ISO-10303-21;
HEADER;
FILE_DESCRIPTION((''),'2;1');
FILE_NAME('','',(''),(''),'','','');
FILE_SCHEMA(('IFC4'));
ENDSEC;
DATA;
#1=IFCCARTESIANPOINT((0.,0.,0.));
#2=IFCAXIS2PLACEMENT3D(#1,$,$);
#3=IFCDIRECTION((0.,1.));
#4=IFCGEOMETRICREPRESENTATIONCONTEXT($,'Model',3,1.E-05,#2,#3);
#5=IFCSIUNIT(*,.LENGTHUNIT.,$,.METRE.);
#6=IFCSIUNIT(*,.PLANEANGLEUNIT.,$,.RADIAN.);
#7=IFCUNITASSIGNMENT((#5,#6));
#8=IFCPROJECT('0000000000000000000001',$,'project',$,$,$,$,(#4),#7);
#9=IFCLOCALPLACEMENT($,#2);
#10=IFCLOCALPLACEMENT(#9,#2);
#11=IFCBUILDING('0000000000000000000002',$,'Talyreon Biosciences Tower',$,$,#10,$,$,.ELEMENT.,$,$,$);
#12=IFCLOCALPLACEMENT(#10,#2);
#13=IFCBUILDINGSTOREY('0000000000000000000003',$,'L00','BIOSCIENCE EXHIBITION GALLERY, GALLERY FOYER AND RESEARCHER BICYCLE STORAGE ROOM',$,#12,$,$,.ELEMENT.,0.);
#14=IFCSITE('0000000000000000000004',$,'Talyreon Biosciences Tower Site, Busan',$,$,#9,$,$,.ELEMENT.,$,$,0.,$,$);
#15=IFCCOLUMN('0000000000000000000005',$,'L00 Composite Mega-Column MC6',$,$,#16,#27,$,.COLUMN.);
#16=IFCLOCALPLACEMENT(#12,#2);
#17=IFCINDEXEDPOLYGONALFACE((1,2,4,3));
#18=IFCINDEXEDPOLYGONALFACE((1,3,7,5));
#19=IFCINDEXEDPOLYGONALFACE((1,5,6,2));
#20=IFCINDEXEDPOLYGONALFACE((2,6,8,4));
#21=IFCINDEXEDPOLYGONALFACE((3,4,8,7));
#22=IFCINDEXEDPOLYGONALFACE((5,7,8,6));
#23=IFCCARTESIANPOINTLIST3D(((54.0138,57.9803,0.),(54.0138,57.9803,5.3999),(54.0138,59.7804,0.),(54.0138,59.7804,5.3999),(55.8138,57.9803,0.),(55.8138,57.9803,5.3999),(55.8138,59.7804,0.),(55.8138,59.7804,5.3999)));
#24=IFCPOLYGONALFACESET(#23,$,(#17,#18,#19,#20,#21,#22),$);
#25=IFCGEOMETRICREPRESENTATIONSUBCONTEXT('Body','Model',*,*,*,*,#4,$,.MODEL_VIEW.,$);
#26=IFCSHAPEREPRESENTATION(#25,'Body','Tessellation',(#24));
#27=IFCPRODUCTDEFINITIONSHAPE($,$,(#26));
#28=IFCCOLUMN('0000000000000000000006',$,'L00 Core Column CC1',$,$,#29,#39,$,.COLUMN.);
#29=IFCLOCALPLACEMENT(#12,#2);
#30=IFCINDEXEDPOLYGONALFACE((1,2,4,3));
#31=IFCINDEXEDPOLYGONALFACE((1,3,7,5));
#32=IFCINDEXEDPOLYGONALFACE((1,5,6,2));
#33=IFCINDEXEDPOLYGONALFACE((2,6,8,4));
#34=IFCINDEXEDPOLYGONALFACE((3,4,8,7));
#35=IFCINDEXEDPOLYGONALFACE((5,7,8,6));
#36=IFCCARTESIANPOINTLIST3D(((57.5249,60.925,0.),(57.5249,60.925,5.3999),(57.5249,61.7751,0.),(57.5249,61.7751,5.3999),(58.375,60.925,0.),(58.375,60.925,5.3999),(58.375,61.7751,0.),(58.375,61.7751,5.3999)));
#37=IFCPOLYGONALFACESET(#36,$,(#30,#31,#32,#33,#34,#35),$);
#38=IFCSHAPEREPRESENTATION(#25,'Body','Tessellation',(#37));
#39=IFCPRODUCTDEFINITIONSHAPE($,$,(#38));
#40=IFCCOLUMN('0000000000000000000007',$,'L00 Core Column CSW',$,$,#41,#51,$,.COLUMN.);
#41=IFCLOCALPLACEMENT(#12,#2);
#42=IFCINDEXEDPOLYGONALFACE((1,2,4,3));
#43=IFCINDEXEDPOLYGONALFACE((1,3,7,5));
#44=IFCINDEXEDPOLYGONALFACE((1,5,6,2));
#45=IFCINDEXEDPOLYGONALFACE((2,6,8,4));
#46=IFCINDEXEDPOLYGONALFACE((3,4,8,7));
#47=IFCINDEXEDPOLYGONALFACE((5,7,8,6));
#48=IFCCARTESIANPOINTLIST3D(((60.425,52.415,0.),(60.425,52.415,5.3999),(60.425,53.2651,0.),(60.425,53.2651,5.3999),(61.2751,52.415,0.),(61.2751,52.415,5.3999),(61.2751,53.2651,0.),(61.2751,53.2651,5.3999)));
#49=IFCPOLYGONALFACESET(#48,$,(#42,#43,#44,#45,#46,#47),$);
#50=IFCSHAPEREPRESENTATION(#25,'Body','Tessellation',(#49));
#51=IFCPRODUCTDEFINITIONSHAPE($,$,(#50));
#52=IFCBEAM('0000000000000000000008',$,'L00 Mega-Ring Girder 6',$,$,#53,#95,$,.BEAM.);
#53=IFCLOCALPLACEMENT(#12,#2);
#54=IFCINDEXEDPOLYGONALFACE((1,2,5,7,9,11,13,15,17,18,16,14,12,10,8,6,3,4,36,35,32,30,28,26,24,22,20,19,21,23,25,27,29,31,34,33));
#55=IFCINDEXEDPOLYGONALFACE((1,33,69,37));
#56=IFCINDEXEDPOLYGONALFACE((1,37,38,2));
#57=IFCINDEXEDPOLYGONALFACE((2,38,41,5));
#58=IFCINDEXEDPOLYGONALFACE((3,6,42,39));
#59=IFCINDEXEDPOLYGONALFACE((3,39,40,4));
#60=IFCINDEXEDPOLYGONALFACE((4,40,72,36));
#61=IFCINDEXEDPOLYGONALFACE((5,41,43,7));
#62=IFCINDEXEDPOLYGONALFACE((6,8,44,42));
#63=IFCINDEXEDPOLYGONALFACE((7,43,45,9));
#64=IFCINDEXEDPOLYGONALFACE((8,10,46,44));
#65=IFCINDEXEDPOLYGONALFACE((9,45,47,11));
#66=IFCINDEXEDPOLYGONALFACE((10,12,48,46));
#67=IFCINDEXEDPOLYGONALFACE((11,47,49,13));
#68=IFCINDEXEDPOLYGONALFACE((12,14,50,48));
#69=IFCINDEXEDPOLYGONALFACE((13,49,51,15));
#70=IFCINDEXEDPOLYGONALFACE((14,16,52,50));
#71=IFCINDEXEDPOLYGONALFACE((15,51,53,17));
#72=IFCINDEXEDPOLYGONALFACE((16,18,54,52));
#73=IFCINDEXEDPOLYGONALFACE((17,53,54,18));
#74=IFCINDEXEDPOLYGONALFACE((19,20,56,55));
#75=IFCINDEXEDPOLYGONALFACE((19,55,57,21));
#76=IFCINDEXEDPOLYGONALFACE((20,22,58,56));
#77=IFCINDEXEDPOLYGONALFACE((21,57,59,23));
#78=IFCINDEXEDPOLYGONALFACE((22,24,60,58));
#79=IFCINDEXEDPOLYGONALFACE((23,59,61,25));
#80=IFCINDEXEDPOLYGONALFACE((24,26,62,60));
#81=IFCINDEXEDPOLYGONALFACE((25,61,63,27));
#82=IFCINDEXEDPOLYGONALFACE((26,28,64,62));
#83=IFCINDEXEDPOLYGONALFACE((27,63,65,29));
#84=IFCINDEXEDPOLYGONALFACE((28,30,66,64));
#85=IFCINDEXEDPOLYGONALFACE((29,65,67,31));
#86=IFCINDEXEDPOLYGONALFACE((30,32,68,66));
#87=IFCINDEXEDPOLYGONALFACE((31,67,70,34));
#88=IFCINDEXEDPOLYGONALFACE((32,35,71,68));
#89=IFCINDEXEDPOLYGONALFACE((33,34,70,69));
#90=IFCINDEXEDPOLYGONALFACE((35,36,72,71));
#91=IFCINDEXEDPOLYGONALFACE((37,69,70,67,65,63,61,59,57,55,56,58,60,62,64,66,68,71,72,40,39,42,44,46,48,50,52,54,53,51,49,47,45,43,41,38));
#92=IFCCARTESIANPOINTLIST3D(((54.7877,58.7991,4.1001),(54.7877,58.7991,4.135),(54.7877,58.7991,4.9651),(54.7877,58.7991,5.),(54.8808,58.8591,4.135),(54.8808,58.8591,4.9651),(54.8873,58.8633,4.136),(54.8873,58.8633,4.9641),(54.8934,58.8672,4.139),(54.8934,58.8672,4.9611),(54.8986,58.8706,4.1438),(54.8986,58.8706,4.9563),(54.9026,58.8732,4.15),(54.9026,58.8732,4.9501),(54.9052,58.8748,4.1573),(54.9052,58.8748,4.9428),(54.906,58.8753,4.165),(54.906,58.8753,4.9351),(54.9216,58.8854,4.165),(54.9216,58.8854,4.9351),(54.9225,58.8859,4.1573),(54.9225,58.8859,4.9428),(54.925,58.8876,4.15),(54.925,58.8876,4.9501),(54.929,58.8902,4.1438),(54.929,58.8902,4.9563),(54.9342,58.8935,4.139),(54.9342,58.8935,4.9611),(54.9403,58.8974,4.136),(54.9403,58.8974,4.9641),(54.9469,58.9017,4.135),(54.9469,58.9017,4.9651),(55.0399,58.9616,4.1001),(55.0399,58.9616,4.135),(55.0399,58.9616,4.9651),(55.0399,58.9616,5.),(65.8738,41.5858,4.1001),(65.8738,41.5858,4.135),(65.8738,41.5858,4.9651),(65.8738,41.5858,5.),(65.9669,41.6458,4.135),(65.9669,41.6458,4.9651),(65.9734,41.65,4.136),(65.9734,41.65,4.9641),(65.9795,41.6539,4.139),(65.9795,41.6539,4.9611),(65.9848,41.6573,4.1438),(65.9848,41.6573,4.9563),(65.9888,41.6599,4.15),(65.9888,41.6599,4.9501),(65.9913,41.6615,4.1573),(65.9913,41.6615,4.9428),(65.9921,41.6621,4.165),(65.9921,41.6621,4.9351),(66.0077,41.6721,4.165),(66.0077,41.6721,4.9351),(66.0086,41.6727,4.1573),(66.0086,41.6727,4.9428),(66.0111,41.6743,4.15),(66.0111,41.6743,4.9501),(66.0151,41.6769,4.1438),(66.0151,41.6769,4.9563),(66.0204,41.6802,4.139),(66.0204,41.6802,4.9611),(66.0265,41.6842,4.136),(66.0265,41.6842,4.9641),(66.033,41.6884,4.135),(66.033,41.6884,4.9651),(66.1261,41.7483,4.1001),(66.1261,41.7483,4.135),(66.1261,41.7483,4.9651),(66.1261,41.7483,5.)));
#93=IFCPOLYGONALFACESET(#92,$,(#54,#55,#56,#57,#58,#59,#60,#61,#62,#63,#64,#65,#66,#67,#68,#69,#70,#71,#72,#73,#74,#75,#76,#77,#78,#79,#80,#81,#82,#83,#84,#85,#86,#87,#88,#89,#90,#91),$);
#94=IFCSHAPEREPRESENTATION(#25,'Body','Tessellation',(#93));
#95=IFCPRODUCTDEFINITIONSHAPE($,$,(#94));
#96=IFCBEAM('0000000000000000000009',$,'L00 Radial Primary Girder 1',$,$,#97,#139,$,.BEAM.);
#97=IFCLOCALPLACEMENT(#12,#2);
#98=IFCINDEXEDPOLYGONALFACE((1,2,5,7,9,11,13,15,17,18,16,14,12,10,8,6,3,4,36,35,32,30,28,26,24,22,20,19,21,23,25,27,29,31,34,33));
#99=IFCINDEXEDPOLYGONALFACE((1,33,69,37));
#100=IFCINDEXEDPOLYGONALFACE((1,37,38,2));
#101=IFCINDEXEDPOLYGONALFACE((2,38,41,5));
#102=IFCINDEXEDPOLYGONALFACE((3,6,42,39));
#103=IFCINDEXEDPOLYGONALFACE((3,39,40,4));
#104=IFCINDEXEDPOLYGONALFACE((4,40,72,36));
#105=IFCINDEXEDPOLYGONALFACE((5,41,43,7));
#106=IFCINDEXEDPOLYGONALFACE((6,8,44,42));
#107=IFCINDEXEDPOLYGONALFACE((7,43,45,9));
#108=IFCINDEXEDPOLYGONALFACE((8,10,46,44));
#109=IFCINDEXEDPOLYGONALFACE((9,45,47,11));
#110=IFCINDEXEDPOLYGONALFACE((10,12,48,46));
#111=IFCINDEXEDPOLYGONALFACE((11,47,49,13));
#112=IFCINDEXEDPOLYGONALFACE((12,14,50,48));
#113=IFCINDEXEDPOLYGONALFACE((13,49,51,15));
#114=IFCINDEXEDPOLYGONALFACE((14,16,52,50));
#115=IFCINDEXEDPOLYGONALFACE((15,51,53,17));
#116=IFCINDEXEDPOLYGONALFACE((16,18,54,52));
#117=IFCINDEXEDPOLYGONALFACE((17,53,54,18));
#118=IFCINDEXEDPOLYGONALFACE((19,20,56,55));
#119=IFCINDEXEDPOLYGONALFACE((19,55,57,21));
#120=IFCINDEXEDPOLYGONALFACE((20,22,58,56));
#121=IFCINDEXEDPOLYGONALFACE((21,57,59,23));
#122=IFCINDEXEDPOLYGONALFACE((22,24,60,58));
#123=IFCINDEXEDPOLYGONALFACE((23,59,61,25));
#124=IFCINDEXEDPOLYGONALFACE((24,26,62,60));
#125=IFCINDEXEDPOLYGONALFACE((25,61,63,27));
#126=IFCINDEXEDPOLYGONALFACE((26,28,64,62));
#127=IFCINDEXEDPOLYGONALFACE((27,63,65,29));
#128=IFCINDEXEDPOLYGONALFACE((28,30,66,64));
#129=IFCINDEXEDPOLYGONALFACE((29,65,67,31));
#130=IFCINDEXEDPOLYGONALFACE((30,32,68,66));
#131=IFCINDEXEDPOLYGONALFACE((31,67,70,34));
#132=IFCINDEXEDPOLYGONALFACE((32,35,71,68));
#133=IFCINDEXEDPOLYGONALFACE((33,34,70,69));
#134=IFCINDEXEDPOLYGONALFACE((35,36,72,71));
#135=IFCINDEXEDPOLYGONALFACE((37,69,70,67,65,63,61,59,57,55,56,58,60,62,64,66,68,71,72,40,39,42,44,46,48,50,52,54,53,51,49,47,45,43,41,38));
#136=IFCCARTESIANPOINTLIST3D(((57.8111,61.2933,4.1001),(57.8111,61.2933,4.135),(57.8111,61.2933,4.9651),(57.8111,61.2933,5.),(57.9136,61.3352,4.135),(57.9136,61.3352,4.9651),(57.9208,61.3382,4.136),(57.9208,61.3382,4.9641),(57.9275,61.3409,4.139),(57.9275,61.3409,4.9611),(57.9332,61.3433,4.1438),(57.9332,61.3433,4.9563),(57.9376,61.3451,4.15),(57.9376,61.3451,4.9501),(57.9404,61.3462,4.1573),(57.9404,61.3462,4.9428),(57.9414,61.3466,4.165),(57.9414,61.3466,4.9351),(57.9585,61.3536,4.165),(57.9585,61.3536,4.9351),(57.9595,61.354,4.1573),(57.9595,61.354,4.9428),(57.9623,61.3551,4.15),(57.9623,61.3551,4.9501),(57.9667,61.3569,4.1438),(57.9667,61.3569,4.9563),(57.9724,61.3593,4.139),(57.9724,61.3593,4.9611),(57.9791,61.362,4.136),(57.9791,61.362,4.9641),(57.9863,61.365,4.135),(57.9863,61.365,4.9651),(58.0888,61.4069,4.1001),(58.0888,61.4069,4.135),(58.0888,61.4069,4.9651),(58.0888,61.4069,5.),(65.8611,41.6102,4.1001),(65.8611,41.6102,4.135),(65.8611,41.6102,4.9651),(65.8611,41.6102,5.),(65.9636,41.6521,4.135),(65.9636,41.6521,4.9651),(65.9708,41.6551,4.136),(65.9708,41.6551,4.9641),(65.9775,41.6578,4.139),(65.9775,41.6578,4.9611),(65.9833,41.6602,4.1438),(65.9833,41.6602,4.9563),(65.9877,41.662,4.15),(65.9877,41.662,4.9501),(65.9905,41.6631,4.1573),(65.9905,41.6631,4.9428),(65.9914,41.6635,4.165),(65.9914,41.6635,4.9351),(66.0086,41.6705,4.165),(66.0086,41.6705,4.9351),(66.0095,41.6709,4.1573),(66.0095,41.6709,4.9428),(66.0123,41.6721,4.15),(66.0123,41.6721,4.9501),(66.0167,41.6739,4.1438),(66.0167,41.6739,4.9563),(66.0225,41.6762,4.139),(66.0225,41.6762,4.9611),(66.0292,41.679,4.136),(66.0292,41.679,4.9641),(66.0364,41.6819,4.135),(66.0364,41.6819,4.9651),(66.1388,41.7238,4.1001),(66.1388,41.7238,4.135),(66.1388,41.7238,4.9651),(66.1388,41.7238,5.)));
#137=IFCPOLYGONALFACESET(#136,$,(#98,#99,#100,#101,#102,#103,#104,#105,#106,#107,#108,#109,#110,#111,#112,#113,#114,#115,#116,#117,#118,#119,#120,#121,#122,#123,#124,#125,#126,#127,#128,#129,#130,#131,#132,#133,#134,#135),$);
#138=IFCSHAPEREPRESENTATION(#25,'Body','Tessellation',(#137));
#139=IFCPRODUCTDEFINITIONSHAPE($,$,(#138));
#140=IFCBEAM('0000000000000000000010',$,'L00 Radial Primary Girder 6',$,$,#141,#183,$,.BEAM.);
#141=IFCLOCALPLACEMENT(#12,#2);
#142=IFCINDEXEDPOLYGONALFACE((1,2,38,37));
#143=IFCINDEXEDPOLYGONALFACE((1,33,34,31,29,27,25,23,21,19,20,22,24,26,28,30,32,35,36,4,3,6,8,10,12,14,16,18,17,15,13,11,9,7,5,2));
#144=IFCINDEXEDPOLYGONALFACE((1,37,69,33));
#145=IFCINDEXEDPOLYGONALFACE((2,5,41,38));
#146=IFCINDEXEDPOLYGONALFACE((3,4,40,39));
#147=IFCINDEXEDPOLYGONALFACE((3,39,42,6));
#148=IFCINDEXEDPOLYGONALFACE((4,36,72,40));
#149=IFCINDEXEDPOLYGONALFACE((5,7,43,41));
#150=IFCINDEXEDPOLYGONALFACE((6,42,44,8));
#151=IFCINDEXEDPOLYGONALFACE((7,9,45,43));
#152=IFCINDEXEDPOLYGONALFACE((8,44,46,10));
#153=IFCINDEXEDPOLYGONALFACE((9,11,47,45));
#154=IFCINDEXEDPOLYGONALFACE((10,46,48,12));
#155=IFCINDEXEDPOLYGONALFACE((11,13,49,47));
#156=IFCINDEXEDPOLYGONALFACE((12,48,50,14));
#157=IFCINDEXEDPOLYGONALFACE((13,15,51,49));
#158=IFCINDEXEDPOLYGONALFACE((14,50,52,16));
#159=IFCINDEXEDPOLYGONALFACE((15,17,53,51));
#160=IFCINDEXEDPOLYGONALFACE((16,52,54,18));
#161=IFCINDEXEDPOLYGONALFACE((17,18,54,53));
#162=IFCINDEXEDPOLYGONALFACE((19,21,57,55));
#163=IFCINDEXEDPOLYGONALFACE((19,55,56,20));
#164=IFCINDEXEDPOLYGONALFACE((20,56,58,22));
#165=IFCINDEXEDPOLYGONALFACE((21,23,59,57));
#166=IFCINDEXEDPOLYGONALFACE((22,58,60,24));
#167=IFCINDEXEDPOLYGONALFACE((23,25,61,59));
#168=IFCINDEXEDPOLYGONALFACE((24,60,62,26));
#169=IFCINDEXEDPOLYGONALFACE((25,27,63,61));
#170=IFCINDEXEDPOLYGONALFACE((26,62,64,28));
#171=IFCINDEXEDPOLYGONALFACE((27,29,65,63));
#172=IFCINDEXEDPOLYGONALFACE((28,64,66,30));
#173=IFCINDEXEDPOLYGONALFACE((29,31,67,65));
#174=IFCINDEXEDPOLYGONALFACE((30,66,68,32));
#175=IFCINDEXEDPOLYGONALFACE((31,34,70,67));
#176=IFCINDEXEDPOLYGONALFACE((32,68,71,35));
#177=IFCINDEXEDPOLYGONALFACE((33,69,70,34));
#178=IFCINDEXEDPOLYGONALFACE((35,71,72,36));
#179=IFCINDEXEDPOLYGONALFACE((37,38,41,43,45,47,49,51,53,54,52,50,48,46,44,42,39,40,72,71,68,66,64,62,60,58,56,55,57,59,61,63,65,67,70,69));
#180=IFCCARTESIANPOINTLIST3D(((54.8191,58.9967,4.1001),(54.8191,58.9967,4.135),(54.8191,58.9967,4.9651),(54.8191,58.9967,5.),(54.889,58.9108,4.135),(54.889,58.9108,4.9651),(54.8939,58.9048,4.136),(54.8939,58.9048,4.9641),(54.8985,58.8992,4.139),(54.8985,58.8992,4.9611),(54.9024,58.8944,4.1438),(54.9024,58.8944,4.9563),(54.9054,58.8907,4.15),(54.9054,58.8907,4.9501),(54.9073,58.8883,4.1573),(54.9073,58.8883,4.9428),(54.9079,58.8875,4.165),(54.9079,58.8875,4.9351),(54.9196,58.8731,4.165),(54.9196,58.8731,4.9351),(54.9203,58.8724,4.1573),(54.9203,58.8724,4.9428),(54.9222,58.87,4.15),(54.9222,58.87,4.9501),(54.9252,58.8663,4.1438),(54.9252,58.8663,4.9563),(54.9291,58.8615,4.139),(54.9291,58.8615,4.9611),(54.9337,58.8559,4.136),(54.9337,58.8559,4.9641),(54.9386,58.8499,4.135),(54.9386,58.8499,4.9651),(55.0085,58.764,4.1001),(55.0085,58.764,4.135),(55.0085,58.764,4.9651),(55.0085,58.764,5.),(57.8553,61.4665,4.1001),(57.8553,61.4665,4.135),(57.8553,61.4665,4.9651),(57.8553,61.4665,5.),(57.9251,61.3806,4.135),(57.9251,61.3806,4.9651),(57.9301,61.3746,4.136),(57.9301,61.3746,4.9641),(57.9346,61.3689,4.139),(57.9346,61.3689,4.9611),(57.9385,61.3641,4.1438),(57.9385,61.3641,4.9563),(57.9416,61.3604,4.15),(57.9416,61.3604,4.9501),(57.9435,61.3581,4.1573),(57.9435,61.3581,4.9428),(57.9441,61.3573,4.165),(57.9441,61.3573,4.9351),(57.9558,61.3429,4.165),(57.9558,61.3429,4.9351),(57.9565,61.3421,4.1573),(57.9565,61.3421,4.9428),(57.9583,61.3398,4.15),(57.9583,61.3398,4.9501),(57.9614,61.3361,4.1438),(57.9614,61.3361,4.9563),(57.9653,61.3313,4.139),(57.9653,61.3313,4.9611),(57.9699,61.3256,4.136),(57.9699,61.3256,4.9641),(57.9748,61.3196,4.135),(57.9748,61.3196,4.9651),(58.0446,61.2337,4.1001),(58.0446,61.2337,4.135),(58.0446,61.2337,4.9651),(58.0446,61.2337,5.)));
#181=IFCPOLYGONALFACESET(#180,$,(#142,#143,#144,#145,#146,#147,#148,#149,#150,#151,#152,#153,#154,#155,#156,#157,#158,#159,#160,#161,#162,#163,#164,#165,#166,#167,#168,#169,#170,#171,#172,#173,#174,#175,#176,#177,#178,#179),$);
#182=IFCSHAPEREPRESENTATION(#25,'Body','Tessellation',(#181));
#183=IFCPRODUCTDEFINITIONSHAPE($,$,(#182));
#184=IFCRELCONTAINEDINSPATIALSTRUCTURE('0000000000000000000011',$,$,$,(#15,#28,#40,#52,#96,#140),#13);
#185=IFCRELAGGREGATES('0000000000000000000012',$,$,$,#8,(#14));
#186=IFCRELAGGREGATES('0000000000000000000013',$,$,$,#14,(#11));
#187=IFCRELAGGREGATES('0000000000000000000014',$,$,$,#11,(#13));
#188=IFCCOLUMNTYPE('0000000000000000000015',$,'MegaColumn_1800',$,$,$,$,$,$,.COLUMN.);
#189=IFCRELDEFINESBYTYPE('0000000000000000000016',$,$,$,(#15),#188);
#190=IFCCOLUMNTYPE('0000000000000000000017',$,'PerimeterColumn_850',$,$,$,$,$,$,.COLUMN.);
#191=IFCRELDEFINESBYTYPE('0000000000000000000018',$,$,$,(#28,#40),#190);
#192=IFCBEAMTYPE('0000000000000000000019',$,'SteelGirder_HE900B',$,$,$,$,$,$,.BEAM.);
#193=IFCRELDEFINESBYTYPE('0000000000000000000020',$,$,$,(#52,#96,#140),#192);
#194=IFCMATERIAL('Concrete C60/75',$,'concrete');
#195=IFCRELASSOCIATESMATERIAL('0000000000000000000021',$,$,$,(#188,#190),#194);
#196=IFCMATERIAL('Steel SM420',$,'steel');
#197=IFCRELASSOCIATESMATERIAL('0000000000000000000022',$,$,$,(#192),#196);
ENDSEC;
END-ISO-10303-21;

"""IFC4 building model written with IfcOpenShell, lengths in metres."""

from ifc_helpers import new_model, si_unit, direction, frame, origin, origin_2d, place, context, subcontext, project, spatial, rectangle, i_section, extrude, material, material_profile, profile_set, type_object, element, save


model = new_model("IFC4")

# Units and contexts
model_context = context("Model", 3, precision=1e-05, world=origin(), true_north=direction((0.0, 1.0)))
body_context = subcontext(model_context, "Body", "Model", "MODEL_VIEW")
ifc_project = project(units=[si_unit("LENGTHUNIT", "METRE"), si_unit("PLANEANGLEUNIT", "RADIAN")], contexts=[model_context])

# Site, building, storey
site_placement = place(None, origin())
site = spatial("IfcSite", under=ifc_project, at=site_placement, Name="Talyreon Biosciences Tower Site, Busan", CompositionType="ELEMENT", RefElevation=0.0)
building_placement = place(site_placement, origin())
building = spatial("IfcBuilding", under=site, at=building_placement, Name="Talyreon Biosciences Tower", CompositionType="ELEMENT")
storey_placement = place(building_placement, origin())
storey = spatial("IfcBuildingStorey", under=building, at=storey_placement, Name="L00", Description="BIOSCIENCE EXHIBITION GALLERY, GALLERY FOYER AND RESEARCHER BICYCLE STORAGE ROOM", CompositionType="ELEMENT", Elevation=0.0)

# Columns
ifc_material_1 = material(Name="Concrete C60/75", Category="concrete")
ifc_material_profile_1 = material_profile(ifc_material_1, rectangle(XDim=1.8, YDim=1.8, at=origin_2d()), Name="RC 1800x1800")
ifc_profile_set_1 = profile_set([ifc_material_profile_1], Name="Concrete C60/75")
column_type_1 = type_object("IfcColumnType", Name="MegaColumn_1800", PredefinedType="COLUMN", material=ifc_profile_set_1)
column_placement = place(storey_placement, frame((54.9138, 58.8804, 0.0), z_axis=(0.0, 0.0, 1.0), x_axis=(1.0, 0.0, 0.0)))
element("IfcColumn", 1, at=column_placement, inside=storey, type_object=column_type_1, Name="L00 Composite Mega-Column MC6", PredefinedType="COLUMN", context=body_context, shape_type="SweptSolid", body=[
    extrude(rectangle(XDim=1.8, YDim=1.8, at=origin_2d()), origin(), (0.0, 0.0, 1.0), 5.3999),
])
ifc_material_profile_2 = material_profile(ifc_material_1, rectangle(XDim=0.8501, YDim=0.8501, at=origin_2d()), Name="RC 850x850")
ifc_profile_set_2 = profile_set([ifc_material_profile_2], Name="Concrete C60/75")
column_type_2 = type_object("IfcColumnType", Name="PerimeterColumn_850", PredefinedType="COLUMN", material=ifc_profile_set_2)
for number, where, z_axis, x_axis, name in (
    (2, (57.95, 61.3501, 0.0), (0.0, 0.0, 1.0), (1.0, 0.0, 0.0), "L00 Core Column CC1"),
    (3, (60.8501, 52.8401, 0.0), (0.0, 0.0, 1.0), (1.0, 0.0, 0.0), "L00 Core Column CSW"),
):
    element("IfcColumn", number, at=place(storey_placement, frame(where, z_axis=z_axis, x_axis=x_axis)), inside=storey, type_object=column_type_2, Name=name, PredefinedType="COLUMN", context=body_context, shape_type="SweptSolid", body=[
        extrude(rectangle(XDim=0.8501, YDim=0.8501, at=origin_2d()), origin(), (0.0, 0.0, 1.0), 5.3999),
    ])

# Beams
ifc_material_2 = material(Name="Steel SM420", Category="steel")
ifc_material_profile_3 = material_profile(ifc_material_2, i_section(OverallWidth=0.3, OverallDepth=0.8999, WebThickness=0.0186, FlangeThickness=0.0349, FilletRadius=0.03, at=origin_2d()), Name="HE900B")
ifc_profile_set_3 = profile_set([ifc_material_profile_3], Name="Steel SM420")
beam_type = type_object("IfcBeamType", Name="SteelGirder_HE900B", PredefinedType="BEAM", material=ifc_profile_set_3)
beam_1_placement = place(storey_placement, frame((54.9138, 58.8804, 4.55), z_axis=(0.541464, -0.840724, 0.0), x_axis=(0.840724, 0.541464, 0.0)))
element("IfcBeam", 4, at=beam_1_placement, inside=storey, type_object=beam_type, Name="L00 Mega-Ring Girder 6", PredefinedType="BEAM", context=body_context, shape_type="SweptSolid", body=[
    extrude(i_section(OverallWidth=0.3, OverallDepth=0.8999, WebThickness=0.0186, FlangeThickness=0.0349, FilletRadius=0.03, at=origin_2d()), origin(), (0.0, 0.0, 1.0), 20.4744),
])
beam_2_placement = place(storey_placement, frame((57.95, 61.3501, 4.55), z_axis=(0.378547, -0.925582, 0.0), x_axis=(0.925582, 0.378547, 0.0)))
element("IfcBeam", 5, at=beam_2_placement, inside=storey, type_object=beam_type, Name="L00 Radial Primary Girder 1", PredefinedType="BEAM", context=body_context, shape_type="SweptSolid", body=[
    extrude(i_section(OverallWidth=0.3, OverallDepth=0.8999, WebThickness=0.0186, FlangeThickness=0.0349, FilletRadius=0.03, at=origin_2d()), origin(), (0.0, 0.0, 1.0), 21.2656),
])
beam_3_placement = place(storey_placement, frame((57.95, 61.3501, 4.55), z_axis=(-0.775755, -0.631034, 0.0), x_axis=(0.631034, -0.775755, 0.0)))
element("IfcBeam", 6, at=beam_3_placement, inside=storey, type_object=beam_type, Name="L00 Radial Primary Girder 6", PredefinedType="BEAM", context=body_context, shape_type="SweptSolid", body=[
    extrude(i_section(OverallWidth=0.3, OverallDepth=0.8999, WebThickness=0.0186, FlangeThickness=0.0349, FilletRadius=0.03, at=origin_2d()), origin(), (0.0, 0.0, 1.0), 3.9138),
])

save(model, "model.ifc")
